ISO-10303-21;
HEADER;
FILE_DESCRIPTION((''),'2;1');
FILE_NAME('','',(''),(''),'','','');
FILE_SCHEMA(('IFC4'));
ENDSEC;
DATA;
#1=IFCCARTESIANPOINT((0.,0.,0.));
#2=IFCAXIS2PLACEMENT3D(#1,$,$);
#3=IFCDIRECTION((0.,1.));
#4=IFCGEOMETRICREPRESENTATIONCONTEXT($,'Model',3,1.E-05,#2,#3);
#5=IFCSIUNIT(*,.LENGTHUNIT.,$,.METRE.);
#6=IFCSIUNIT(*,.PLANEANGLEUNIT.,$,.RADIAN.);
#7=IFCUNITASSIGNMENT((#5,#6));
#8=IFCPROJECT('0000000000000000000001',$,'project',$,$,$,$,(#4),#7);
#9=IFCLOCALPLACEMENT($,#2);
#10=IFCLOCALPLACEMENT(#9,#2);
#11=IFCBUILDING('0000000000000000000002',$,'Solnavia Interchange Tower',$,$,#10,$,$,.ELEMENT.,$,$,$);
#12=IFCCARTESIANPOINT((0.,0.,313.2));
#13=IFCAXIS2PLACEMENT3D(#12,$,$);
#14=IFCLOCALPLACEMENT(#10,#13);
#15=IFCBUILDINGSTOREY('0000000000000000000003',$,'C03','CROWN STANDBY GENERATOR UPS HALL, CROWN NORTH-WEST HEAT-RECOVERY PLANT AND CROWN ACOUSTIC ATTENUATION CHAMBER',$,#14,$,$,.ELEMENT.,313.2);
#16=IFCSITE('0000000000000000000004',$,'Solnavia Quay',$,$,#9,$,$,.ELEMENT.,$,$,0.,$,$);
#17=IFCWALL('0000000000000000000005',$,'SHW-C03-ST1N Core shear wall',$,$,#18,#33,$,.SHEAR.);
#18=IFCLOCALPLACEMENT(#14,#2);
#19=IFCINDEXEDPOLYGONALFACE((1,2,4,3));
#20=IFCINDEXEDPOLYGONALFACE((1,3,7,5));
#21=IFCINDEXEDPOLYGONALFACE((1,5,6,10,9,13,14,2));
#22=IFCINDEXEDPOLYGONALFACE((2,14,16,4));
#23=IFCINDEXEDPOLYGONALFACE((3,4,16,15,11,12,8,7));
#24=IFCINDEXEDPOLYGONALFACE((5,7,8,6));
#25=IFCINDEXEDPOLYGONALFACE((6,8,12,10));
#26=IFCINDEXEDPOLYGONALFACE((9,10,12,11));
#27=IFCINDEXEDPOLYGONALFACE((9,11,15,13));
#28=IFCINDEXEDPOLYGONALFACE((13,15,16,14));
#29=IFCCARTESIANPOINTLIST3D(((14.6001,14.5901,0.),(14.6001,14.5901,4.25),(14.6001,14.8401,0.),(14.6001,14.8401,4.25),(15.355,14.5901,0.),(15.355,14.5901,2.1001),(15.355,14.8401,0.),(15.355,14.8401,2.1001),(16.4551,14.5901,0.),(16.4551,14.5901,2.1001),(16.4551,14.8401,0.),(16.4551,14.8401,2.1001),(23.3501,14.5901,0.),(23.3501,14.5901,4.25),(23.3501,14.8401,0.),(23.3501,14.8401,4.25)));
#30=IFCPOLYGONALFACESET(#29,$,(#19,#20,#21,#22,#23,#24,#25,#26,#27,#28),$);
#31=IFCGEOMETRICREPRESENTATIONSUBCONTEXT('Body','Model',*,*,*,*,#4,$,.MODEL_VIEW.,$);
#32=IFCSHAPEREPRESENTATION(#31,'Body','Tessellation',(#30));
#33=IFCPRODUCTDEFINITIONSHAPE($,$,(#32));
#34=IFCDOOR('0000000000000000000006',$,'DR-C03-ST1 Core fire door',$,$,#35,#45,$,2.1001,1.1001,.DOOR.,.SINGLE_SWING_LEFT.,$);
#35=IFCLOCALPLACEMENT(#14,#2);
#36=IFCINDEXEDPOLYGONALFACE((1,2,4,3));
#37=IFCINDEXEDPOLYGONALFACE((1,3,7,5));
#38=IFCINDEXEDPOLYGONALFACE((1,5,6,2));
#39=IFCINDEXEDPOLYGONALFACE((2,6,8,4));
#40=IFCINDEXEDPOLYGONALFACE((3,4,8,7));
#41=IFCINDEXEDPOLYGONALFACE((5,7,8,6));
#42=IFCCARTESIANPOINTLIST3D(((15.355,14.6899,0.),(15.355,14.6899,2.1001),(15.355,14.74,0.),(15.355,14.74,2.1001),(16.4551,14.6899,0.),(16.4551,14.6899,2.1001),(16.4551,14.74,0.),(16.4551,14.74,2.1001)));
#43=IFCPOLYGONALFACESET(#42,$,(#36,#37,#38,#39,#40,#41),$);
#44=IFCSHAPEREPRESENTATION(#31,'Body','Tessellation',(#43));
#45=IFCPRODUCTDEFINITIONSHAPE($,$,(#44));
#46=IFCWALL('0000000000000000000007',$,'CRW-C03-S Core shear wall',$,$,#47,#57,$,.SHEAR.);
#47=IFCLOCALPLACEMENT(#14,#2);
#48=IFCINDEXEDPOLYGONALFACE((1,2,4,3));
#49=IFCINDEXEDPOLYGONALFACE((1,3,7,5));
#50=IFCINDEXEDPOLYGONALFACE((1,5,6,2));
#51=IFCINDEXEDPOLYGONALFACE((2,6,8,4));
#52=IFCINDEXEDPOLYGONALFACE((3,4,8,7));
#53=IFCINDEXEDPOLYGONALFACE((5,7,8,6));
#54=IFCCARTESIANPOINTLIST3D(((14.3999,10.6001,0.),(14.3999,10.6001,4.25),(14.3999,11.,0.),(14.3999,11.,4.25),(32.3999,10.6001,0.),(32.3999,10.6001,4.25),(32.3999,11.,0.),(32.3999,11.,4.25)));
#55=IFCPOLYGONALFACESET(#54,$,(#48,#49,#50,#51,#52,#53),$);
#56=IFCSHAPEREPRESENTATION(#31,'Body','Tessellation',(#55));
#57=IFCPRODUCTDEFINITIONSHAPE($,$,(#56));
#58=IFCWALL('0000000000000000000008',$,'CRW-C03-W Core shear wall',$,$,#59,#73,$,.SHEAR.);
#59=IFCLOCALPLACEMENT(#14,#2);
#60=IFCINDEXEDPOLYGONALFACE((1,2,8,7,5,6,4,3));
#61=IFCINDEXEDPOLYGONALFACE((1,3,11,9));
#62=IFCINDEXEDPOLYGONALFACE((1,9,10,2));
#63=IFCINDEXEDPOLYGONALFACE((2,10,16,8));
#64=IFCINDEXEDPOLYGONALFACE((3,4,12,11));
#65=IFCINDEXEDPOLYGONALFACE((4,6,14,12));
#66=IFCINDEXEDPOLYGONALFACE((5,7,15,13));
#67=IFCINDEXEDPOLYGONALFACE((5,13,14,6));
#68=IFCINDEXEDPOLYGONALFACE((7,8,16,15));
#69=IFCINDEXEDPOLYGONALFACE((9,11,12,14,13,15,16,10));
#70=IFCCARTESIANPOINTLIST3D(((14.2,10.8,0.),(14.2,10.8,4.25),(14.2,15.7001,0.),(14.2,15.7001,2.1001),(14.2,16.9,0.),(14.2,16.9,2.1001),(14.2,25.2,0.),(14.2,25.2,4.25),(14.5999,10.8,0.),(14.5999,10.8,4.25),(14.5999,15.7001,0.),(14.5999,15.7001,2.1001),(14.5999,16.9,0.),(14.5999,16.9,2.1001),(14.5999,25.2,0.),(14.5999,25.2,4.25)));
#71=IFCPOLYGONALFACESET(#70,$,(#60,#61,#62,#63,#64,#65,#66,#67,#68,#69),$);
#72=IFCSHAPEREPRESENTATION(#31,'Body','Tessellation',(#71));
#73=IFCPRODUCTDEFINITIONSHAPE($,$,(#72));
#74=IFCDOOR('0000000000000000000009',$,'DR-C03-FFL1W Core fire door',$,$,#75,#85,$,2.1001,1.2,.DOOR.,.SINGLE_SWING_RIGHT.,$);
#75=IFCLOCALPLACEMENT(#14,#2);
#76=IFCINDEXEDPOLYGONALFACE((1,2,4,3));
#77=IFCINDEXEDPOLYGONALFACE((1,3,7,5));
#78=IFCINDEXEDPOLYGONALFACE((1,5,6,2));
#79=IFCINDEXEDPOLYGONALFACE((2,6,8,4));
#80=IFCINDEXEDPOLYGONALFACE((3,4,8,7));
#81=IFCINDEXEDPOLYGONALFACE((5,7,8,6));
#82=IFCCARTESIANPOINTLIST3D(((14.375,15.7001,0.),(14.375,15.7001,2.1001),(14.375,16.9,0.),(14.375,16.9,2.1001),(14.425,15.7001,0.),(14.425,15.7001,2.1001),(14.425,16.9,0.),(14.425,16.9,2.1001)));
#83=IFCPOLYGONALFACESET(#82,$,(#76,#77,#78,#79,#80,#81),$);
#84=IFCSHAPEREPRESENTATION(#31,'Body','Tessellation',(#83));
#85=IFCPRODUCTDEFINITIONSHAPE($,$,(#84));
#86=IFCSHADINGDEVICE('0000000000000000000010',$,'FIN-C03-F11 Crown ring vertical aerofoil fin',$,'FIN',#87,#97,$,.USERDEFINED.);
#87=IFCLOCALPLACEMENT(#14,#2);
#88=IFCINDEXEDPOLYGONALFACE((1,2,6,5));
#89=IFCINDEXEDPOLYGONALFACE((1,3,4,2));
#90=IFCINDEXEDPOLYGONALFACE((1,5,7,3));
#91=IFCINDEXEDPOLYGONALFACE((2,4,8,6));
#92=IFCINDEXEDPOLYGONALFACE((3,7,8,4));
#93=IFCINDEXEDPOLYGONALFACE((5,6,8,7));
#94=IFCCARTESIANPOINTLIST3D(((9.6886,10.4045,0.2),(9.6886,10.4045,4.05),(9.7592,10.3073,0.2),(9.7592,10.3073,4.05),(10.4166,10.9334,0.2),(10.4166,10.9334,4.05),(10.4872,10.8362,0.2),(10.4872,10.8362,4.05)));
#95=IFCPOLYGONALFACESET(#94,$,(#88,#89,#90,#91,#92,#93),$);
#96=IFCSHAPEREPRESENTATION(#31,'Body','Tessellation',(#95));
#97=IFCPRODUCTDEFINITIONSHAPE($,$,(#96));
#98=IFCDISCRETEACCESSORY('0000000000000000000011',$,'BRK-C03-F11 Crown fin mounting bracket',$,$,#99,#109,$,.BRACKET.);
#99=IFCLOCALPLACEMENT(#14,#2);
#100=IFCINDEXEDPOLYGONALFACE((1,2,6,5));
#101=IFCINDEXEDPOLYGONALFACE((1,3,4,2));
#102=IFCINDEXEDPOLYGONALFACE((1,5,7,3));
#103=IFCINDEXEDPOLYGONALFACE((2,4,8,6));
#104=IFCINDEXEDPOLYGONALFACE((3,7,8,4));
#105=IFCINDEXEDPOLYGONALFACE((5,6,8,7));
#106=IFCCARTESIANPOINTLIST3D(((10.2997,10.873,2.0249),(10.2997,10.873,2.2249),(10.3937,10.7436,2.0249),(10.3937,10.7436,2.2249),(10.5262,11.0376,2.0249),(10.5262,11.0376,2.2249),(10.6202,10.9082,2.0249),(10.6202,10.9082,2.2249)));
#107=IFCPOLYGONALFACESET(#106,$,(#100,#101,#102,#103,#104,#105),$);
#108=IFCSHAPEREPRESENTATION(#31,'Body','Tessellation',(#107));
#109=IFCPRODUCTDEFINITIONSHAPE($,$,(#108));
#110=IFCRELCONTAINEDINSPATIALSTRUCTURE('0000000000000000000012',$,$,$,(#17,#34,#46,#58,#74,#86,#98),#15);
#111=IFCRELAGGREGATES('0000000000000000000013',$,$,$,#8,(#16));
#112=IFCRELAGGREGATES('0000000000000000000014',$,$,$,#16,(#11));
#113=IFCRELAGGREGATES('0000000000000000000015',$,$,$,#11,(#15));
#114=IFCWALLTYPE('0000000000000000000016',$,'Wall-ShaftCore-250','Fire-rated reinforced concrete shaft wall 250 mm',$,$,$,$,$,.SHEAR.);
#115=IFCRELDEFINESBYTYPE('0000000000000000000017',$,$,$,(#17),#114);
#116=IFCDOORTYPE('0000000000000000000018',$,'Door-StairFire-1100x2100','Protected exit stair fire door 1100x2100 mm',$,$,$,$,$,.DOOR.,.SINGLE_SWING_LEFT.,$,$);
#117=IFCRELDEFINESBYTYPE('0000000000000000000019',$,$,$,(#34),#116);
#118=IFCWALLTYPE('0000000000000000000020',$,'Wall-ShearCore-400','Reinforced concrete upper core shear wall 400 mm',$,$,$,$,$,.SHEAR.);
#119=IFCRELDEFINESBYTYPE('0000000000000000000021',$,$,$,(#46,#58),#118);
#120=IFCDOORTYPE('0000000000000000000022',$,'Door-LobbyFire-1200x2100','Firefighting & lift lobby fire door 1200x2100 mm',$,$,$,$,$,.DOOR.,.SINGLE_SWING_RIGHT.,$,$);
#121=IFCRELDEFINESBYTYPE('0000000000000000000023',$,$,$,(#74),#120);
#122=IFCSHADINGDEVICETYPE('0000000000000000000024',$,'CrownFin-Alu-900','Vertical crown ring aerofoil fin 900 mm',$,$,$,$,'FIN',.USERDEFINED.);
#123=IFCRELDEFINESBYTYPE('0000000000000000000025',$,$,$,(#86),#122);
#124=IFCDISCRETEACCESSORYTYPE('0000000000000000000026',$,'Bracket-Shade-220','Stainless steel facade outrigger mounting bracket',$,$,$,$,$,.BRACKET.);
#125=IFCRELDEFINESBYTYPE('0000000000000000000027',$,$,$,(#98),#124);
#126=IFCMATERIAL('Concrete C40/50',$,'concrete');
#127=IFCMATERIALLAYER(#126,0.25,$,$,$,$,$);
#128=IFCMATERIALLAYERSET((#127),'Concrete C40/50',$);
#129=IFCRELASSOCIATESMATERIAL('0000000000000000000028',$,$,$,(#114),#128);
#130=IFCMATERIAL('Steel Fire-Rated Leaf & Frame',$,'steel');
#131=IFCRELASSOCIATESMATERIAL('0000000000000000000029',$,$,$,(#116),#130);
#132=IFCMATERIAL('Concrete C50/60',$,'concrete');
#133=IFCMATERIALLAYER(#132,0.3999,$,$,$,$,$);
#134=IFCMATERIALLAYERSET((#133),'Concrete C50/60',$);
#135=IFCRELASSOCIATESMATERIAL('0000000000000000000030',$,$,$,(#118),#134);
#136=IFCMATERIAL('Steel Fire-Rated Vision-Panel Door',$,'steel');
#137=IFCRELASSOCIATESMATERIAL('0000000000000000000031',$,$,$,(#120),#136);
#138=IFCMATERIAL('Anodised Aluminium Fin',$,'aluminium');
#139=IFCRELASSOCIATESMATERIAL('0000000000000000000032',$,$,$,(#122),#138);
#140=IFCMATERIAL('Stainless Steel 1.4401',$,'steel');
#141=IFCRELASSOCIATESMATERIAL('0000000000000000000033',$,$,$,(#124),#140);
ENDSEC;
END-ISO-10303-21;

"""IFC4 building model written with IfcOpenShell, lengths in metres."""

from ifc_helpers import new_model, si_unit, direction, frame, frame_2d, origin, origin_2d, place, context, subcontext, project, spatial, rectangle, extrude, material, layer, layer_set, type_object, element, fill, save


model = new_model("IFC4")

# Units and contexts
model_context = context("Model", 3, precision=1e-05, world=origin(), true_north=direction((0.0, 1.0)))
body_context = subcontext(model_context, "Body", "Model", "MODEL_VIEW")
ifc_project = project(units=[si_unit("LENGTHUNIT", "METRE"), si_unit("PLANEANGLEUNIT", "RADIAN")], contexts=[model_context])

# Site, building, storey
site_placement = place(None, origin())
site = spatial("IfcSite", under=ifc_project, at=site_placement, Name="Solnavia Quay", CompositionType="ELEMENT", RefElevation=0.0)
building_placement = place(site_placement, origin())
building = spatial("IfcBuilding", under=site, at=building_placement, Name="Solnavia Interchange Tower", CompositionType="ELEMENT")
storey_placement = place(building_placement, frame((0.0, 0.0, 313.2)))
storey = spatial("IfcBuildingStorey", under=building, at=storey_placement, Name="C03", Description="CROWN STANDBY GENERATOR UPS HALL, CROWN NORTH-WEST HEAT-RECOVERY PLANT AND CROWN ACOUSTIC ATTENUATION CHAMBER", CompositionType="ELEMENT", Elevation=313.2)

# Shared definitions
ifc_material_1 = material(Name="Concrete C40/50", Category="concrete")

# Shared definitions
ifc_layer_1 = layer(ifc_material_1, 0.25)
ifc_layer_set_1 = layer_set([ifc_layer_1], Name="Concrete C40/50")
wall_type_1 = type_object("IfcWallType", Name="Wall-ShaftCore-250", Description="Fire-rated reinforced concrete shaft wall 250 mm", PredefinedType="SHEAR", material=ifc_layer_set_1)

# Wall, opening, door
wall_1_placement = place(storey_placement, frame((14.6001, 14.7151, 0.0), z_axis=(0.0, 0.0, 1.0), x_axis=(1.0, 0.0, 0.0)))
wall_1 = element("IfcWall", 1, at=wall_1_placement, inside=storey, type_object=wall_type_1, Name="SHW-C03-ST1N Core shear wall", PredefinedType="SHEAR", context=body_context, shape_type="SweptSolid", body=[
    extrude(rectangle(XDim=8.75, YDim=0.25, at=frame_2d((4.375, 0.0))), origin(), (0.0, 0.0, 1.0), 4.25),
])
opening_1_placement = place(wall_1_placement, frame((0.7549, 0.0, 0.0)))
opening_1 = element("IfcOpeningElement", 2, at=opening_1_placement, cuts=wall_1, PredefinedType="OPENING", context=body_context, shape_type="SweptSolid", body=[
    extrude(rectangle(XDim=1.1001, YDim=2.1001, at=frame_2d((0.55, 1.05))), frame((0.0, 0.135, 0.0), z_axis=(0.0, -1.0, 0.0), x_axis=(1.0, 0.0, 0.0)), (0.0, 0.0, 1.0), 0.27),
])
ifc_material_2 = material(Name="Steel Fire-Rated Leaf & Frame", Category="steel")
door_type_1 = type_object("IfcDoorType", Name="Door-StairFire-1100x2100", Description="Protected exit stair fire door 1100x2100 mm", OperationType="SINGLE_SWING_LEFT", PredefinedType="DOOR", material=ifc_material_2)
door_1_placement = place(opening_1_placement, origin())
door_1 = element("IfcDoor", 3, at=door_1_placement, inside=storey, type_object=door_type_1, Name="DR-C03-ST1 Core fire door", OperationType="SINGLE_SWING_LEFT", OverallHeight=2.1001, OverallWidth=1.1001, PredefinedType="DOOR", context=body_context, shape_type="SweptSolid", body=[
    extrude(rectangle(XDim=1.1001, YDim=2.1001, at=frame_2d((0.55, 1.05))), frame((0.0, 0.0249, 0.0), z_axis=(0.0, -1.0, 0.0), x_axis=(1.0, 0.0, 0.0)), (0.0, 0.0, 1.0), 0.05),
])
fill(opening_1, door_1)

# Wall
ifc_material_3 = material(Name="Concrete C50/60", Category="concrete")
ifc_layer_2 = layer(ifc_material_3, 0.3999)
ifc_layer_set_2 = layer_set([ifc_layer_2], Name="Concrete C50/60")
wall_type_2 = type_object("IfcWallType", Name="Wall-ShearCore-400", Description="Reinforced concrete upper core shear wall 400 mm", PredefinedType="SHEAR", material=ifc_layer_set_2)
wall_2_placement = place(storey_placement, frame((14.3999, 10.8, 0.0), z_axis=(0.0, 0.0, 1.0), x_axis=(1.0, 0.0, 0.0)))
element("IfcWall", 4, at=wall_2_placement, inside=storey, type_object=wall_type_2, Name="CRW-C03-S Core shear wall", PredefinedType="SHEAR", context=body_context, shape_type="SweptSolid", body=[
    extrude(rectangle(XDim=18.0, YDim=0.3999, at=frame_2d((9.0, 0.0))), origin(), (0.0, 0.0, 1.0), 4.25),
])

# Wall, opening, door
wall_3_placement = place(storey_placement, frame((14.3999, 10.8, 0.0), z_axis=(0.0, 0.0, 1.0), x_axis=(0.0, 1.0, 0.0)))
wall_3 = element("IfcWall", 5, at=wall_3_placement, inside=storey, type_object=wall_type_2, Name="CRW-C03-W Core shear wall", PredefinedType="SHEAR", context=body_context, shape_type="SweptSolid", body=[
    extrude(rectangle(XDim=14.3999, YDim=0.3999, at=frame_2d((7.2, 0.0))), origin(), (0.0, 0.0, 1.0), 4.25),
])
opening_2_placement = place(wall_3_placement, frame((4.8999, 0.0, 0.0)))
opening_2 = element("IfcOpeningElement", 6, at=opening_2_placement, cuts=wall_3, PredefinedType="OPENING", context=body_context, shape_type="SweptSolid", body=[
    extrude(rectangle(XDim=1.2, YDim=2.1001, at=frame_2d((0.6001, 1.05))), frame((0.0, 0.21, 0.0), z_axis=(0.0, -1.0, 0.0), x_axis=(1.0, 0.0, 0.0)), (0.0, 0.0, 1.0), 0.4199),
])
ifc_material_4 = material(Name="Steel Fire-Rated Vision-Panel Door", Category="steel")
door_type_2 = type_object("IfcDoorType", Name="Door-LobbyFire-1200x2100", Description="Firefighting & lift lobby fire door 1200x2100 mm", OperationType="SINGLE_SWING_RIGHT", PredefinedType="DOOR", material=ifc_material_4)
door_2_placement = place(opening_2_placement, origin())
door_2 = element("IfcDoor", 7, at=door_2_placement, inside=storey, type_object=door_type_2, Name="DR-C03-FFL1W Core fire door", OperationType="SINGLE_SWING_RIGHT", OverallHeight=2.1001, OverallWidth=1.2, PredefinedType="DOOR", context=body_context, shape_type="SweptSolid", body=[
    extrude(rectangle(XDim=1.2, YDim=2.1001, at=frame_2d((0.6001, 1.05))), frame((0.0, 0.0249, 0.0), z_axis=(0.0, -1.0, 0.0), x_axis=(1.0, 0.0, 0.0)), (0.0, 0.0, 1.0), 0.05),
])
fill(opening_2, door_2)

# Shading device
ifc_material_5 = material(Name="Anodised Aluminium Fin", Category="aluminium")
shading_device_type = type_object("IfcShadingDeviceType", Name="CrownFin-Alu-900", Description="Vertical crown ring aerofoil fin 900 mm", ElementType="FIN", PredefinedType="USERDEFINED", material=ifc_material_5)
shading_device_placement = place(storey_placement, frame((10.0879, 10.6204, 0.2), z_axis=(0.0, 0.0, 1.0), x_axis=(-0.809017, -0.587785, 0.0)))
element("IfcShadingDevice", 8, at=shading_device_placement, inside=storey, type_object=shading_device_type, Name="FIN-C03-F11 Crown ring vertical aerofoil fin", ObjectType="FIN", PredefinedType="USERDEFINED", context=body_context, shape_type="SweptSolid", body=[
    extrude(rectangle(XDim=0.8999, YDim=0.1201, at=origin_2d()), origin(), (0.0, 0.0, 1.0), 3.8501),
])

# Discrete accessory
ifc_material_6 = material(Name="Stainless Steel 1.4401", Category="steel")
discrete_accessory_type = type_object("IfcDiscreteAccessoryType", Name="Bracket-Shade-220", Description="Stainless steel facade outrigger mounting bracket", PredefinedType="BRACKET", material=ifc_material_6)
discrete_accessory_placement = place(storey_placement, frame((10.46, 10.8906, 2.0249), z_axis=(0.0, 0.0, 1.0), x_axis=(-0.809017, -0.587785, 0.0)))
element("IfcDiscreteAccessory", 9, at=discrete_accessory_placement, inside=storey, type_object=discrete_accessory_type, Name="BRK-C03-F11 Crown fin mounting bracket", PredefinedType="BRACKET", context=body_context, shape_type="SweptSolid", body=[
    extrude(rectangle(XDim=0.28, YDim=0.1599, at=origin_2d()), origin(), (0.0, 0.0, 1.0), 0.2),
])

save(model, "model.ifc")
